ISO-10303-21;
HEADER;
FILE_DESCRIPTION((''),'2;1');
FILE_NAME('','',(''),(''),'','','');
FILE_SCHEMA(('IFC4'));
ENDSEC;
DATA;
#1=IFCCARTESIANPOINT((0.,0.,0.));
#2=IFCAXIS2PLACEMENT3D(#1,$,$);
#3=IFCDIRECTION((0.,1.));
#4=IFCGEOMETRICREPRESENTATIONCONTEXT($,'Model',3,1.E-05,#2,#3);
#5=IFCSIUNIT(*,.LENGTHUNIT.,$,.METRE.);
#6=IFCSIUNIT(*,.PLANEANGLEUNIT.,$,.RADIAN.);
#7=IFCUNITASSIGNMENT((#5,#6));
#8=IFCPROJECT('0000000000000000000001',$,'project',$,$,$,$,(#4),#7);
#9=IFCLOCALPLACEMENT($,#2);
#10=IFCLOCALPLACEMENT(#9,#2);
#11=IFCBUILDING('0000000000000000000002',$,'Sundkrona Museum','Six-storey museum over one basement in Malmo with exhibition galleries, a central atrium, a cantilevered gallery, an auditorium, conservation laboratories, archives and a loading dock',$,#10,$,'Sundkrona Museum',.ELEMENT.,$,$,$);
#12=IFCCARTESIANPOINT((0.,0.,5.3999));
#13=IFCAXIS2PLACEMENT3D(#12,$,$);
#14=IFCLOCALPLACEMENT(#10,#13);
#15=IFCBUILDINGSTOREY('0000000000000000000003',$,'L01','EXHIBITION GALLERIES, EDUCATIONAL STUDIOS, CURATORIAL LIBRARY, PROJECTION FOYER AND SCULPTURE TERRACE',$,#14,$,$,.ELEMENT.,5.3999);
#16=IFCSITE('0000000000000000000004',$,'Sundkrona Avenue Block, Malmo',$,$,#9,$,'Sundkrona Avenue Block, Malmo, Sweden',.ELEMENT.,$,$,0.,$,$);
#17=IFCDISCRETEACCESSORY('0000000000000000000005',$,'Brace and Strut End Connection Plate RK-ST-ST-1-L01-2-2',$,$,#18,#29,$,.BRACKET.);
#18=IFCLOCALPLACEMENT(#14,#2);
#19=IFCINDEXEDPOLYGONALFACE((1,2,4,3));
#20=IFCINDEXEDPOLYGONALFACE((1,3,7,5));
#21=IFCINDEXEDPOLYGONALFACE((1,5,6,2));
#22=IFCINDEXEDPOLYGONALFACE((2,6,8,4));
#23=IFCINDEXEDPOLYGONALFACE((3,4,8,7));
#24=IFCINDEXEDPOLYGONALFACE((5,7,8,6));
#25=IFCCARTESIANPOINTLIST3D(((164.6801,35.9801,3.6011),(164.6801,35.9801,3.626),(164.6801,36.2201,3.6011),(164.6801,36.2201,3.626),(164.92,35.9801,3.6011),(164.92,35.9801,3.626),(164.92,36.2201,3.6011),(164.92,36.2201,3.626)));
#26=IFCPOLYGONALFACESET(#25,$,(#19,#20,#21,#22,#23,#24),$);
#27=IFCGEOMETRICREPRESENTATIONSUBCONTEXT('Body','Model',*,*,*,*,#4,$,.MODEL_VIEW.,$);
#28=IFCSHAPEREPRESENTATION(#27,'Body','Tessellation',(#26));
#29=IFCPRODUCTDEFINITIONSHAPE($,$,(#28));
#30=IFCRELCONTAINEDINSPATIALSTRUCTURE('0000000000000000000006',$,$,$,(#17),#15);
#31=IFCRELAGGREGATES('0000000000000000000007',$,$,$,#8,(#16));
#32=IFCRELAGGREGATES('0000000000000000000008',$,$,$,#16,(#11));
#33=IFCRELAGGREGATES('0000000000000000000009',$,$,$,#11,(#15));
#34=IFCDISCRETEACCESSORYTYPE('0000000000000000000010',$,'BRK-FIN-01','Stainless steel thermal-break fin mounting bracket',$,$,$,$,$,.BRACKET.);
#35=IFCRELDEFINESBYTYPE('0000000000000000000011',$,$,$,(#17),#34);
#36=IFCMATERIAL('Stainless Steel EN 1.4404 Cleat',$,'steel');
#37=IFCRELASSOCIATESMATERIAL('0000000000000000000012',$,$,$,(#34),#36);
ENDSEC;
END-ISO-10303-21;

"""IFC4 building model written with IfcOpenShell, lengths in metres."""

from ifc_helpers import new_model, si_unit, direction, frame, origin, origin_2d, place, context, subcontext, project, spatial, rectangle, extrude, material, type_object, element, save


model = new_model("IFC4")

# Units and contexts
model_context = context("Model", 3, precision=1e-05, world=origin(), true_north=direction((0.0, 1.0)))
body_context = subcontext(model_context, "Body", "Model", "MODEL_VIEW")
ifc_project = project(units=[si_unit("LENGTHUNIT", "METRE"), si_unit("PLANEANGLEUNIT", "RADIAN")], contexts=[model_context])

# Site, building, storey
site_placement = place(None, origin())
site = spatial("IfcSite", under=ifc_project, at=site_placement, Name="Sundkrona Avenue Block, Malmo", LongName="Sundkrona Avenue Block, Malmo, Sweden", CompositionType="ELEMENT", RefElevation=0.0)
building_placement = place(site_placement, origin())
building = spatial("IfcBuilding", under=site, at=building_placement, Name="Sundkrona Museum", Description="Six-storey museum over one basement in Malmo with exhibition galleries, a central atrium, a cantilevered gallery, an auditorium, conservation laboratories, archives and a loading dock", LongName="Sundkrona Museum", CompositionType="ELEMENT")
storey_placement = place(building_placement, frame((0.0, 0.0, 5.3999)))
storey = spatial("IfcBuildingStorey", under=building, at=storey_placement, Name="L01", Description="EXHIBITION GALLERIES, EDUCATIONAL STUDIOS, CURATORIAL LIBRARY, PROJECTION FOYER AND SCULPTURE TERRACE", CompositionType="ELEMENT", Elevation=5.3999)

# Discrete accessory
ifc_material_1 = material(Name="Stainless Steel EN 1.4404 Cleat", Category="steel")
discrete_accessory_type = type_object("IfcDiscreteAccessoryType", Name="BRK-FIN-01", Description="Stainless steel thermal-break fin mounting bracket", PredefinedType="BRACKET", material=ifc_material_1)
for number, where, z_axis, x_axis, name in (
    (1, (164.8, 36.1001, 3.6011), (0.0, 0.0, 1.0), (1.0, 0.0, 0.0), "Brace and Strut End Connection Plate RK-ST-ST-1-L01-2-2"),
):
    element("IfcDiscreteAccessory", number, at=place(storey_placement, frame(where, z_axis=z_axis, x_axis=x_axis)), inside=storey, type_object=discrete_accessory_type, Name=name, PredefinedType="BRACKET", context=body_context, shape_type="SweptSolid", body=[
        extrude(rectangle(XDim=0.24, YDim=0.24, at=origin_2d()), origin(), (0.0, 0.0, 1.0), 0.0249),
    ])

save(model, "model.ifc")
